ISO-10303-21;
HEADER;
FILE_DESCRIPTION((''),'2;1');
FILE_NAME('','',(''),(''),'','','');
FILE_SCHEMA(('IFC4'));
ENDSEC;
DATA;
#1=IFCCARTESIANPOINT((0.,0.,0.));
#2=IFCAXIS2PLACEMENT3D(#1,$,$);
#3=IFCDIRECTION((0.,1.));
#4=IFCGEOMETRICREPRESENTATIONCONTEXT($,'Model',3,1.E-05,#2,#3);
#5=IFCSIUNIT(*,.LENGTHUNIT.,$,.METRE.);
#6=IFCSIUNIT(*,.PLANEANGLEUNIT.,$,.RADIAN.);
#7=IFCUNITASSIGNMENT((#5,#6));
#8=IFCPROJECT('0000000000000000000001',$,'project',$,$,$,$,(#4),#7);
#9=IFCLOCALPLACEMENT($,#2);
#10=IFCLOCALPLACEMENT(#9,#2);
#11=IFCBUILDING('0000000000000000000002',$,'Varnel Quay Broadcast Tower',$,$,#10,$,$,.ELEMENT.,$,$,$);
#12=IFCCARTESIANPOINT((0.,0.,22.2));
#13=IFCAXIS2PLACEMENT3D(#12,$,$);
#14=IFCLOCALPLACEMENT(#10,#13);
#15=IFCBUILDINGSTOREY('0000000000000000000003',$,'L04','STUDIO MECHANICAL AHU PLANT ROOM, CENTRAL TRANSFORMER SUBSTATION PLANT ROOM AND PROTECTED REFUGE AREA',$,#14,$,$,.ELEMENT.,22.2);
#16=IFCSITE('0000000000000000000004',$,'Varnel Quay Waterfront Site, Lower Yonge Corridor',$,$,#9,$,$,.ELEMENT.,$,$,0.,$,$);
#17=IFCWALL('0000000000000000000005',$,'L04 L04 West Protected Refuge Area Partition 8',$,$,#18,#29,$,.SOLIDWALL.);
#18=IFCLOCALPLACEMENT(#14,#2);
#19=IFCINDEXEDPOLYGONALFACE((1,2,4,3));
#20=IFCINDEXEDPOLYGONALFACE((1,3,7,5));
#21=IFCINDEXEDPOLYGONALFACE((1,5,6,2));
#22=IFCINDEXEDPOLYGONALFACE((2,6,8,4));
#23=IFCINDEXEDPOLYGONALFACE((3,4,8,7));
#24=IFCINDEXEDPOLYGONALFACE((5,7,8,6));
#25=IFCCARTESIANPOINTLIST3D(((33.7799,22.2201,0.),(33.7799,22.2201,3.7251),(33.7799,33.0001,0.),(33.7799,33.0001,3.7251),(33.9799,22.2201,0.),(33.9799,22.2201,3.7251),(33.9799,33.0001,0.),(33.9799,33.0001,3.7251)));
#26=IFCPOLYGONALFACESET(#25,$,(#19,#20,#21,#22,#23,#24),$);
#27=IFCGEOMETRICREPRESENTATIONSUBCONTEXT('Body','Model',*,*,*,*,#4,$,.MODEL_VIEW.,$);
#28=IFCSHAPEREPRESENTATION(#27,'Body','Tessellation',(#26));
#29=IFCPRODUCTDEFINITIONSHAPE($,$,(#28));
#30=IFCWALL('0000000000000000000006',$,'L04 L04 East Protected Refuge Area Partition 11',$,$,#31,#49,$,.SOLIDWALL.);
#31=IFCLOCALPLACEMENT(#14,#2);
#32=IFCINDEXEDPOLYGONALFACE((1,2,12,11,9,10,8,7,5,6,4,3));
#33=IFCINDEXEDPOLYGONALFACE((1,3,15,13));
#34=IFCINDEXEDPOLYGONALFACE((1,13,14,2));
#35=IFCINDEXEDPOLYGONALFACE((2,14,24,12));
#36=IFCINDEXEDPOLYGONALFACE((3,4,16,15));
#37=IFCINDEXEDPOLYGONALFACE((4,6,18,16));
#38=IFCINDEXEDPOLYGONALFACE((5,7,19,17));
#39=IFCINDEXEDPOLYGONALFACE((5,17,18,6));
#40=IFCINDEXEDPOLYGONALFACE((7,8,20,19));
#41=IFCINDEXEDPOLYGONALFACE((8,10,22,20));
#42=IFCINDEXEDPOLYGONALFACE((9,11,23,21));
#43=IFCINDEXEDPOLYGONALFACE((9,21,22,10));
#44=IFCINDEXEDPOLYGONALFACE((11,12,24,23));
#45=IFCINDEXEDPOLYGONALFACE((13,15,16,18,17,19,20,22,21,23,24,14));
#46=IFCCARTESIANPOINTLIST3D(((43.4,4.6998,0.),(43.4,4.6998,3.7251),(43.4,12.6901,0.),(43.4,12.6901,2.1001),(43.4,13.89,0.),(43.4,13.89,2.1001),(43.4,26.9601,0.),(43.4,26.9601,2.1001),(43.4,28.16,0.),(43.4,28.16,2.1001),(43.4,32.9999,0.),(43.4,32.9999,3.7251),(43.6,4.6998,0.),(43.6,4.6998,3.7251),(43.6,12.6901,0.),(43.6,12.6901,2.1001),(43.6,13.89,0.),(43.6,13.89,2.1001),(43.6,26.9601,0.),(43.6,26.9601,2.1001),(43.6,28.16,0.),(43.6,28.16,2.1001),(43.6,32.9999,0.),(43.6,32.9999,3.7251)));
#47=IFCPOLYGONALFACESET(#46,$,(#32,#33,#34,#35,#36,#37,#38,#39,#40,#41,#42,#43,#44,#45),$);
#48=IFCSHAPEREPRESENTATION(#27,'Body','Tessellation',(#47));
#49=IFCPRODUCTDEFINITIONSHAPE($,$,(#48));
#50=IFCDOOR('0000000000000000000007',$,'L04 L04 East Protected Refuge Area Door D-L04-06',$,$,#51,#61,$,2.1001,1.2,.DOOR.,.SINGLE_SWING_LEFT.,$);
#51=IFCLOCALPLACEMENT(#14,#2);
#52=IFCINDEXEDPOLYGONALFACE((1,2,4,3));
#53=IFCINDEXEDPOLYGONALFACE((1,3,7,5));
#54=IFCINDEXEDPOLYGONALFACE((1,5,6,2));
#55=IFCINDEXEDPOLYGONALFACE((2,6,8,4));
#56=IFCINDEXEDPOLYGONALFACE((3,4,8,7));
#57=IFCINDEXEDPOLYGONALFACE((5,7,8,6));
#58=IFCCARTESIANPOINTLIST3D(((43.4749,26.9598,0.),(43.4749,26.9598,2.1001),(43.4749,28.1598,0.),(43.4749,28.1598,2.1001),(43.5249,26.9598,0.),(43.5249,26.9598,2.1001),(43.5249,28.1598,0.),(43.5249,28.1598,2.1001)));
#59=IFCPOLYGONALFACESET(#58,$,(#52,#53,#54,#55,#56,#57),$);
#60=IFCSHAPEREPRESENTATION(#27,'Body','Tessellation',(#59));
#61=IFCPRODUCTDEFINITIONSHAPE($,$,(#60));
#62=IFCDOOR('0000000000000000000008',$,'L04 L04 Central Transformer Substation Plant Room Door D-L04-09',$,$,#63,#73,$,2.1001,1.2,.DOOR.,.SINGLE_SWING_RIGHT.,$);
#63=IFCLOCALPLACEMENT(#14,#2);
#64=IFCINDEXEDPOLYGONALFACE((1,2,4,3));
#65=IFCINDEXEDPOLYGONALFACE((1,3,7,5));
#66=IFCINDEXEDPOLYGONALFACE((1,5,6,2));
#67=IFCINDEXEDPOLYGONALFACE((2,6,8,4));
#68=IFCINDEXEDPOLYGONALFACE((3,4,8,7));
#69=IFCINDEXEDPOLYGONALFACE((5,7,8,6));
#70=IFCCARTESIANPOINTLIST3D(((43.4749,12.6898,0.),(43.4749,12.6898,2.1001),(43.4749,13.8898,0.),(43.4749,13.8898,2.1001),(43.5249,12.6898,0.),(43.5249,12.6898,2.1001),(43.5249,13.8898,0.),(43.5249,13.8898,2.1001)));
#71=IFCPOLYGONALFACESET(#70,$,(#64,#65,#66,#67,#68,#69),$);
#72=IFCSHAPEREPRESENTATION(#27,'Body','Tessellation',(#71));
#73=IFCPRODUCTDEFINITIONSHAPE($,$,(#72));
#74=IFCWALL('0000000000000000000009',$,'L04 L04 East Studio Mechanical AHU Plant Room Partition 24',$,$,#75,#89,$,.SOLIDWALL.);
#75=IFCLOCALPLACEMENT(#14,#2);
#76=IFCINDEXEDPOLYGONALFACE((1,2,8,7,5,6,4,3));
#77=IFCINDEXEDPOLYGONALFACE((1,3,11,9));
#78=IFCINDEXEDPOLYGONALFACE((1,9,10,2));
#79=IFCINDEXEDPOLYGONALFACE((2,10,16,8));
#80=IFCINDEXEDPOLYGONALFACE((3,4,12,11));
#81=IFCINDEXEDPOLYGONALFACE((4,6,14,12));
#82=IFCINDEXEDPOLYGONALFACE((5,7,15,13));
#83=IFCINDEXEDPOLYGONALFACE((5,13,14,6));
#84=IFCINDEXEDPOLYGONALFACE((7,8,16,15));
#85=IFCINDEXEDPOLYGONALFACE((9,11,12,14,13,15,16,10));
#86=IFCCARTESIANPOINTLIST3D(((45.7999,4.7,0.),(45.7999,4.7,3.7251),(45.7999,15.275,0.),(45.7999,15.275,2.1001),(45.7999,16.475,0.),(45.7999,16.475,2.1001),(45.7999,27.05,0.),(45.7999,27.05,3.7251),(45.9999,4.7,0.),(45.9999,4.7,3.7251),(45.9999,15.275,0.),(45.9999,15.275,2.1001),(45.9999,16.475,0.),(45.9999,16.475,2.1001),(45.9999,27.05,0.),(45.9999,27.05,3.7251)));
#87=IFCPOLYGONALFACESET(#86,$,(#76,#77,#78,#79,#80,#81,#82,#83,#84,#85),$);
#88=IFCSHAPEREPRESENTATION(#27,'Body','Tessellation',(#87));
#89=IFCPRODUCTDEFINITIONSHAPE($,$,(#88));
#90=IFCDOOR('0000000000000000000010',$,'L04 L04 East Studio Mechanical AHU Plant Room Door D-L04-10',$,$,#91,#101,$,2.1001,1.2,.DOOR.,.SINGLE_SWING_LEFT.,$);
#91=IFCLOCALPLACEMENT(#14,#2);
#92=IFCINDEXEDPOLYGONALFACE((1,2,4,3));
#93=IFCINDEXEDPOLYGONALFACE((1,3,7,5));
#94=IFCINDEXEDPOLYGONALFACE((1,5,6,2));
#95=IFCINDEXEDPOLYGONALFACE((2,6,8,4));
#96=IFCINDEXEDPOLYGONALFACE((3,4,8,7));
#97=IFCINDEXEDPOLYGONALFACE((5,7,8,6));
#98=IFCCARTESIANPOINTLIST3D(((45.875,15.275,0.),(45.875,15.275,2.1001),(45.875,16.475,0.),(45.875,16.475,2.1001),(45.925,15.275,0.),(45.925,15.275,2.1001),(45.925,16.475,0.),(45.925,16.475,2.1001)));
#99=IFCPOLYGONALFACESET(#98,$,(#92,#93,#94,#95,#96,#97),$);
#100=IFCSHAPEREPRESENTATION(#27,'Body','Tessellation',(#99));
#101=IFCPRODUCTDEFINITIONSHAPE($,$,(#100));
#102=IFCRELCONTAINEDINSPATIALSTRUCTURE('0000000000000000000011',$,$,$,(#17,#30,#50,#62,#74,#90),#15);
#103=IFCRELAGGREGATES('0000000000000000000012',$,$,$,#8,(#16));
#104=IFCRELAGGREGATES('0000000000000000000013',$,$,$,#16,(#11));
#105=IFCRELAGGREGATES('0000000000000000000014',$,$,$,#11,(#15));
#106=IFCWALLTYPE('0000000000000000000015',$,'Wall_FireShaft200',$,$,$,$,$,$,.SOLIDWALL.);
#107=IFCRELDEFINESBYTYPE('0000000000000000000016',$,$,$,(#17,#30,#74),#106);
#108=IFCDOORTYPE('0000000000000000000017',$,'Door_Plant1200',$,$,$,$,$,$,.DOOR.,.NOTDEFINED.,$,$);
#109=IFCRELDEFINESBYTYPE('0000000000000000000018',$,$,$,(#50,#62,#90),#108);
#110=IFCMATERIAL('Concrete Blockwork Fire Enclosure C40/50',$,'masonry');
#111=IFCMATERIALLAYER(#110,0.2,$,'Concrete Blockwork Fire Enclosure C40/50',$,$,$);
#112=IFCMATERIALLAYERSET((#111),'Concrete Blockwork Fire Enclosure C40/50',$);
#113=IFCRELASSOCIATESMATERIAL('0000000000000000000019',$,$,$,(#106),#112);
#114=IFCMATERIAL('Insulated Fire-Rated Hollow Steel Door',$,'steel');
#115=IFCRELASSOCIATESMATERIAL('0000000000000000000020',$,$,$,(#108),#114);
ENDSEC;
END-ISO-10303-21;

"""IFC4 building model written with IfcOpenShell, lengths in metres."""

from ifc_helpers import new_model, si_unit, direction, frame, frame_2d, origin, place, context, subcontext, project, spatial, rectangle, extrude, source, transform, mapped, material, layer, layer_set, type_object, type_shapes, element, fill, save


model = new_model("IFC4")

# Units and contexts
model_context = context("Model", 3, precision=1e-05, world=origin(), true_north=direction((0.0, 1.0)))
body_context = subcontext(model_context, "Body", "Model", "MODEL_VIEW")
ifc_project = project(units=[si_unit("LENGTHUNIT", "METRE"), si_unit("PLANEANGLEUNIT", "RADIAN")], contexts=[model_context])

# Site, building, storey
site_placement = place(None, origin())
site = spatial("IfcSite", under=ifc_project, at=site_placement, Name="Varnel Quay Waterfront Site, Lower Yonge Corridor", CompositionType="ELEMENT", RefElevation=0.0)
building_placement = place(site_placement, origin())
building = spatial("IfcBuilding", under=site, at=building_placement, Name="Varnel Quay Broadcast Tower", CompositionType="ELEMENT")
storey_placement = place(building_placement, frame((0.0, 0.0, 22.2)))
storey = spatial("IfcBuildingStorey", under=building, at=storey_placement, Name="L04", Description="STUDIO MECHANICAL AHU PLANT ROOM, CENTRAL TRANSFORMER SUBSTATION PLANT ROOM AND PROTECTED REFUGE AREA", CompositionType="ELEMENT", Elevation=22.2)

# Wall
ifc_material_1 = material(Name="Concrete Blockwork Fire Enclosure C40/50", Category="masonry")
ifc_layer_1 = layer(ifc_material_1, 0.2, Name="Concrete Blockwork Fire Enclosure C40/50")
ifc_layer_set_1 = layer_set([ifc_layer_1], Name="Concrete Blockwork Fire Enclosure C40/50")
wall_type = type_object("IfcWallType", Name="Wall_FireShaft200", PredefinedType="SOLIDWALL", material=ifc_layer_set_1)
wall_1_placement = place(storey_placement, frame((33.8799, 22.22, 0.0), z_axis=(0.0, 0.0, 1.0), x_axis=(0.0, 1.0, 0.0)))
element("IfcWall", 1, at=wall_1_placement, inside=storey, type_object=wall_type, Name="L04 L04 West Protected Refuge Area Partition 8", PredefinedType="SOLIDWALL", context=body_context, shape_type="SweptSolid", body=[
    extrude(rectangle(XDim=10.78, YDim=0.2, at=frame_2d((5.3901, 0.0))), origin(), (0.0, 0.0, 1.0), 3.7251),
])

# Wall, openings, doors
wall_2_placement = place(storey_placement, frame((43.5, 4.7, 0.0), z_axis=(0.0, 0.0, 1.0), x_axis=(0.0, 1.0, 0.0)))
wall_2 = element("IfcWall", 2, at=wall_2_placement, inside=storey, type_object=wall_type, Name="L04 L04 East Protected Refuge Area Partition 11", PredefinedType="SOLIDWALL", context=body_context, shape_type="SweptSolid", body=[
    extrude(rectangle(XDim=28.3, YDim=0.2, at=frame_2d((14.1499, 0.0))), origin(), (0.0, 0.0, 1.0), 3.7251),
])
opening_1_placement = place(wall_2_placement, frame((22.26, 0.0, 0.0)))
opening_1 = element("IfcOpeningElement", 3, at=opening_1_placement, cuts=wall_2, PredefinedType="OPENING", context=body_context, shape_type="SweptSolid", body=[
    extrude(rectangle(XDim=1.2, YDim=2.1001, at=frame_2d((0.6001, 1.05))), frame((0.0, 0.1099, 0.0), z_axis=(0.0, -1.0, 0.0), x_axis=(1.0, 0.0, 0.0)), (0.0, 0.0, 1.0), 0.22),
])
opening_2_placement = place(wall_2_placement, frame((7.99, 0.0, 0.0)))
opening_2 = element("IfcOpeningElement", 4, at=opening_2_placement, cuts=wall_2, PredefinedType="OPENING", context=body_context, shape_type="SweptSolid", body=[
    extrude(rectangle(XDim=1.2, YDim=2.1001, at=frame_2d((0.6001, 1.05))), frame((0.0, 0.1099, 0.0), z_axis=(0.0, -1.0, 0.0), x_axis=(1.0, 0.0, 0.0)), (0.0, 0.0, 1.0), 0.22),
])
ifc_material_2 = material(Name="Insulated Fire-Rated Hollow Steel Door", Category="steel")
door_type = type_object("IfcDoorType", Name="Door_Plant1200", OperationType="NOTDEFINED", PredefinedType="DOOR", material=ifc_material_2)
shared_shape_1 = source(origin(), body_context, "Body", "SweptSolid", [
    extrude(rectangle(XDim=1.2, YDim=2.1001, at=frame_2d((0.6001, 1.05))), frame((0.0, 0.0249, 0.0), z_axis=(0.0, -1.0, 0.0), x_axis=(1.0, 0.0, 0.0)), (0.0, 0.0, 1.0), 0.05),
])
type_shapes(door_type, [shared_shape_1])
door_1_placement = place(opening_1_placement, frame((1.2, 0.0, 0.0), z_axis=(0.0, 0.0, 1.0), x_axis=(-1.0, 0.0, 0.0)))
door_1 = element("IfcDoor", 5, at=door_1_placement, inside=storey, type_object=door_type, Name="L04 L04 East Protected Refuge Area Door D-L04-06", OperationType="SINGLE_SWING_LEFT", OverallHeight=2.1001, OverallWidth=1.2, PredefinedType="DOOR", context=body_context, shape_type="MappedRepresentation", body=[
    mapped(shared_shape_1, transform((0.0, 0.0, 0.0), x_axis=(1.0, 0.0, 0.0), y_axis=(0.0, 1.0, 0.0), z_axis=(0.0, 0.0, 1.0), scale=1.0)),
])
fill(opening_1, door_1)
door_2_placement = place(opening_2_placement, frame((1.2, 0.0, 0.0), z_axis=(0.0, 0.0, 1.0), x_axis=(-1.0, 0.0, 0.0)))
door_2 = element("IfcDoor", 6, at=door_2_placement, inside=storey, type_object=door_type, Name="L04 L04 Central Transformer Substation Plant Room Door D-L04-09", OperationType="SINGLE_SWING_RIGHT", OverallHeight=2.1001, OverallWidth=1.2, PredefinedType="DOOR", context=body_context, shape_type="MappedRepresentation", body=[
    mapped(shared_shape_1, transform((0.0, 0.0, 0.0), x_axis=(1.0, 0.0, 0.0), y_axis=(0.0, 1.0, 0.0), z_axis=(0.0, 0.0, 1.0), scale=1.0)),
])
fill(opening_2, door_2)

# Wall, opening, door
wall_3_placement = place(storey_placement, frame((45.8999, 4.7, 0.0), z_axis=(0.0, 0.0, 1.0), x_axis=(0.0, 1.0, 0.0)))
wall_3 = element("IfcWall", 7, at=wall_3_placement, inside=storey, type_object=wall_type, Name="L04 L04 East Studio Mechanical AHU Plant Room Partition 24", PredefinedType="SOLIDWALL", context=body_context, shape_type="SweptSolid", body=[
    extrude(rectangle(XDim=22.3501, YDim=0.2, at=frame_2d((11.175, 0.0))), origin(), (0.0, 0.0, 1.0), 3.7251),
])
opening_3_placement = place(wall_3_placement, frame((10.575, 0.0, 0.0)))
opening_3 = element("IfcOpeningElement", 8, at=opening_3_placement, cuts=wall_3, PredefinedType="OPENING", context=body_context, shape_type="SweptSolid", body=[
    extrude(rectangle(XDim=1.2, YDim=2.1001, at=frame_2d((0.6001, 1.05))), frame((0.0, 0.1099, 0.0), z_axis=(0.0, -1.0, 0.0), x_axis=(1.0, 0.0, 0.0)), (0.0, 0.0, 1.0), 0.22),
])
door_3_placement = place(opening_3_placement, origin())
door_3 = element("IfcDoor", 9, at=door_3_placement, inside=storey, type_object=door_type, Name="L04 L04 East Studio Mechanical AHU Plant Room Door D-L04-10", OperationType="SINGLE_SWING_LEFT", OverallHeight=2.1001, OverallWidth=1.2, PredefinedType="DOOR", context=body_context, shape_type="MappedRepresentation", body=[
    mapped(shared_shape_1, transform((0.0, 0.0, 0.0), x_axis=(1.0, 0.0, 0.0), y_axis=(0.0, 1.0, 0.0), z_axis=(0.0, 0.0, 1.0), scale=1.0)),
])
fill(opening_3, door_3)

save(model, "model.ifc")
